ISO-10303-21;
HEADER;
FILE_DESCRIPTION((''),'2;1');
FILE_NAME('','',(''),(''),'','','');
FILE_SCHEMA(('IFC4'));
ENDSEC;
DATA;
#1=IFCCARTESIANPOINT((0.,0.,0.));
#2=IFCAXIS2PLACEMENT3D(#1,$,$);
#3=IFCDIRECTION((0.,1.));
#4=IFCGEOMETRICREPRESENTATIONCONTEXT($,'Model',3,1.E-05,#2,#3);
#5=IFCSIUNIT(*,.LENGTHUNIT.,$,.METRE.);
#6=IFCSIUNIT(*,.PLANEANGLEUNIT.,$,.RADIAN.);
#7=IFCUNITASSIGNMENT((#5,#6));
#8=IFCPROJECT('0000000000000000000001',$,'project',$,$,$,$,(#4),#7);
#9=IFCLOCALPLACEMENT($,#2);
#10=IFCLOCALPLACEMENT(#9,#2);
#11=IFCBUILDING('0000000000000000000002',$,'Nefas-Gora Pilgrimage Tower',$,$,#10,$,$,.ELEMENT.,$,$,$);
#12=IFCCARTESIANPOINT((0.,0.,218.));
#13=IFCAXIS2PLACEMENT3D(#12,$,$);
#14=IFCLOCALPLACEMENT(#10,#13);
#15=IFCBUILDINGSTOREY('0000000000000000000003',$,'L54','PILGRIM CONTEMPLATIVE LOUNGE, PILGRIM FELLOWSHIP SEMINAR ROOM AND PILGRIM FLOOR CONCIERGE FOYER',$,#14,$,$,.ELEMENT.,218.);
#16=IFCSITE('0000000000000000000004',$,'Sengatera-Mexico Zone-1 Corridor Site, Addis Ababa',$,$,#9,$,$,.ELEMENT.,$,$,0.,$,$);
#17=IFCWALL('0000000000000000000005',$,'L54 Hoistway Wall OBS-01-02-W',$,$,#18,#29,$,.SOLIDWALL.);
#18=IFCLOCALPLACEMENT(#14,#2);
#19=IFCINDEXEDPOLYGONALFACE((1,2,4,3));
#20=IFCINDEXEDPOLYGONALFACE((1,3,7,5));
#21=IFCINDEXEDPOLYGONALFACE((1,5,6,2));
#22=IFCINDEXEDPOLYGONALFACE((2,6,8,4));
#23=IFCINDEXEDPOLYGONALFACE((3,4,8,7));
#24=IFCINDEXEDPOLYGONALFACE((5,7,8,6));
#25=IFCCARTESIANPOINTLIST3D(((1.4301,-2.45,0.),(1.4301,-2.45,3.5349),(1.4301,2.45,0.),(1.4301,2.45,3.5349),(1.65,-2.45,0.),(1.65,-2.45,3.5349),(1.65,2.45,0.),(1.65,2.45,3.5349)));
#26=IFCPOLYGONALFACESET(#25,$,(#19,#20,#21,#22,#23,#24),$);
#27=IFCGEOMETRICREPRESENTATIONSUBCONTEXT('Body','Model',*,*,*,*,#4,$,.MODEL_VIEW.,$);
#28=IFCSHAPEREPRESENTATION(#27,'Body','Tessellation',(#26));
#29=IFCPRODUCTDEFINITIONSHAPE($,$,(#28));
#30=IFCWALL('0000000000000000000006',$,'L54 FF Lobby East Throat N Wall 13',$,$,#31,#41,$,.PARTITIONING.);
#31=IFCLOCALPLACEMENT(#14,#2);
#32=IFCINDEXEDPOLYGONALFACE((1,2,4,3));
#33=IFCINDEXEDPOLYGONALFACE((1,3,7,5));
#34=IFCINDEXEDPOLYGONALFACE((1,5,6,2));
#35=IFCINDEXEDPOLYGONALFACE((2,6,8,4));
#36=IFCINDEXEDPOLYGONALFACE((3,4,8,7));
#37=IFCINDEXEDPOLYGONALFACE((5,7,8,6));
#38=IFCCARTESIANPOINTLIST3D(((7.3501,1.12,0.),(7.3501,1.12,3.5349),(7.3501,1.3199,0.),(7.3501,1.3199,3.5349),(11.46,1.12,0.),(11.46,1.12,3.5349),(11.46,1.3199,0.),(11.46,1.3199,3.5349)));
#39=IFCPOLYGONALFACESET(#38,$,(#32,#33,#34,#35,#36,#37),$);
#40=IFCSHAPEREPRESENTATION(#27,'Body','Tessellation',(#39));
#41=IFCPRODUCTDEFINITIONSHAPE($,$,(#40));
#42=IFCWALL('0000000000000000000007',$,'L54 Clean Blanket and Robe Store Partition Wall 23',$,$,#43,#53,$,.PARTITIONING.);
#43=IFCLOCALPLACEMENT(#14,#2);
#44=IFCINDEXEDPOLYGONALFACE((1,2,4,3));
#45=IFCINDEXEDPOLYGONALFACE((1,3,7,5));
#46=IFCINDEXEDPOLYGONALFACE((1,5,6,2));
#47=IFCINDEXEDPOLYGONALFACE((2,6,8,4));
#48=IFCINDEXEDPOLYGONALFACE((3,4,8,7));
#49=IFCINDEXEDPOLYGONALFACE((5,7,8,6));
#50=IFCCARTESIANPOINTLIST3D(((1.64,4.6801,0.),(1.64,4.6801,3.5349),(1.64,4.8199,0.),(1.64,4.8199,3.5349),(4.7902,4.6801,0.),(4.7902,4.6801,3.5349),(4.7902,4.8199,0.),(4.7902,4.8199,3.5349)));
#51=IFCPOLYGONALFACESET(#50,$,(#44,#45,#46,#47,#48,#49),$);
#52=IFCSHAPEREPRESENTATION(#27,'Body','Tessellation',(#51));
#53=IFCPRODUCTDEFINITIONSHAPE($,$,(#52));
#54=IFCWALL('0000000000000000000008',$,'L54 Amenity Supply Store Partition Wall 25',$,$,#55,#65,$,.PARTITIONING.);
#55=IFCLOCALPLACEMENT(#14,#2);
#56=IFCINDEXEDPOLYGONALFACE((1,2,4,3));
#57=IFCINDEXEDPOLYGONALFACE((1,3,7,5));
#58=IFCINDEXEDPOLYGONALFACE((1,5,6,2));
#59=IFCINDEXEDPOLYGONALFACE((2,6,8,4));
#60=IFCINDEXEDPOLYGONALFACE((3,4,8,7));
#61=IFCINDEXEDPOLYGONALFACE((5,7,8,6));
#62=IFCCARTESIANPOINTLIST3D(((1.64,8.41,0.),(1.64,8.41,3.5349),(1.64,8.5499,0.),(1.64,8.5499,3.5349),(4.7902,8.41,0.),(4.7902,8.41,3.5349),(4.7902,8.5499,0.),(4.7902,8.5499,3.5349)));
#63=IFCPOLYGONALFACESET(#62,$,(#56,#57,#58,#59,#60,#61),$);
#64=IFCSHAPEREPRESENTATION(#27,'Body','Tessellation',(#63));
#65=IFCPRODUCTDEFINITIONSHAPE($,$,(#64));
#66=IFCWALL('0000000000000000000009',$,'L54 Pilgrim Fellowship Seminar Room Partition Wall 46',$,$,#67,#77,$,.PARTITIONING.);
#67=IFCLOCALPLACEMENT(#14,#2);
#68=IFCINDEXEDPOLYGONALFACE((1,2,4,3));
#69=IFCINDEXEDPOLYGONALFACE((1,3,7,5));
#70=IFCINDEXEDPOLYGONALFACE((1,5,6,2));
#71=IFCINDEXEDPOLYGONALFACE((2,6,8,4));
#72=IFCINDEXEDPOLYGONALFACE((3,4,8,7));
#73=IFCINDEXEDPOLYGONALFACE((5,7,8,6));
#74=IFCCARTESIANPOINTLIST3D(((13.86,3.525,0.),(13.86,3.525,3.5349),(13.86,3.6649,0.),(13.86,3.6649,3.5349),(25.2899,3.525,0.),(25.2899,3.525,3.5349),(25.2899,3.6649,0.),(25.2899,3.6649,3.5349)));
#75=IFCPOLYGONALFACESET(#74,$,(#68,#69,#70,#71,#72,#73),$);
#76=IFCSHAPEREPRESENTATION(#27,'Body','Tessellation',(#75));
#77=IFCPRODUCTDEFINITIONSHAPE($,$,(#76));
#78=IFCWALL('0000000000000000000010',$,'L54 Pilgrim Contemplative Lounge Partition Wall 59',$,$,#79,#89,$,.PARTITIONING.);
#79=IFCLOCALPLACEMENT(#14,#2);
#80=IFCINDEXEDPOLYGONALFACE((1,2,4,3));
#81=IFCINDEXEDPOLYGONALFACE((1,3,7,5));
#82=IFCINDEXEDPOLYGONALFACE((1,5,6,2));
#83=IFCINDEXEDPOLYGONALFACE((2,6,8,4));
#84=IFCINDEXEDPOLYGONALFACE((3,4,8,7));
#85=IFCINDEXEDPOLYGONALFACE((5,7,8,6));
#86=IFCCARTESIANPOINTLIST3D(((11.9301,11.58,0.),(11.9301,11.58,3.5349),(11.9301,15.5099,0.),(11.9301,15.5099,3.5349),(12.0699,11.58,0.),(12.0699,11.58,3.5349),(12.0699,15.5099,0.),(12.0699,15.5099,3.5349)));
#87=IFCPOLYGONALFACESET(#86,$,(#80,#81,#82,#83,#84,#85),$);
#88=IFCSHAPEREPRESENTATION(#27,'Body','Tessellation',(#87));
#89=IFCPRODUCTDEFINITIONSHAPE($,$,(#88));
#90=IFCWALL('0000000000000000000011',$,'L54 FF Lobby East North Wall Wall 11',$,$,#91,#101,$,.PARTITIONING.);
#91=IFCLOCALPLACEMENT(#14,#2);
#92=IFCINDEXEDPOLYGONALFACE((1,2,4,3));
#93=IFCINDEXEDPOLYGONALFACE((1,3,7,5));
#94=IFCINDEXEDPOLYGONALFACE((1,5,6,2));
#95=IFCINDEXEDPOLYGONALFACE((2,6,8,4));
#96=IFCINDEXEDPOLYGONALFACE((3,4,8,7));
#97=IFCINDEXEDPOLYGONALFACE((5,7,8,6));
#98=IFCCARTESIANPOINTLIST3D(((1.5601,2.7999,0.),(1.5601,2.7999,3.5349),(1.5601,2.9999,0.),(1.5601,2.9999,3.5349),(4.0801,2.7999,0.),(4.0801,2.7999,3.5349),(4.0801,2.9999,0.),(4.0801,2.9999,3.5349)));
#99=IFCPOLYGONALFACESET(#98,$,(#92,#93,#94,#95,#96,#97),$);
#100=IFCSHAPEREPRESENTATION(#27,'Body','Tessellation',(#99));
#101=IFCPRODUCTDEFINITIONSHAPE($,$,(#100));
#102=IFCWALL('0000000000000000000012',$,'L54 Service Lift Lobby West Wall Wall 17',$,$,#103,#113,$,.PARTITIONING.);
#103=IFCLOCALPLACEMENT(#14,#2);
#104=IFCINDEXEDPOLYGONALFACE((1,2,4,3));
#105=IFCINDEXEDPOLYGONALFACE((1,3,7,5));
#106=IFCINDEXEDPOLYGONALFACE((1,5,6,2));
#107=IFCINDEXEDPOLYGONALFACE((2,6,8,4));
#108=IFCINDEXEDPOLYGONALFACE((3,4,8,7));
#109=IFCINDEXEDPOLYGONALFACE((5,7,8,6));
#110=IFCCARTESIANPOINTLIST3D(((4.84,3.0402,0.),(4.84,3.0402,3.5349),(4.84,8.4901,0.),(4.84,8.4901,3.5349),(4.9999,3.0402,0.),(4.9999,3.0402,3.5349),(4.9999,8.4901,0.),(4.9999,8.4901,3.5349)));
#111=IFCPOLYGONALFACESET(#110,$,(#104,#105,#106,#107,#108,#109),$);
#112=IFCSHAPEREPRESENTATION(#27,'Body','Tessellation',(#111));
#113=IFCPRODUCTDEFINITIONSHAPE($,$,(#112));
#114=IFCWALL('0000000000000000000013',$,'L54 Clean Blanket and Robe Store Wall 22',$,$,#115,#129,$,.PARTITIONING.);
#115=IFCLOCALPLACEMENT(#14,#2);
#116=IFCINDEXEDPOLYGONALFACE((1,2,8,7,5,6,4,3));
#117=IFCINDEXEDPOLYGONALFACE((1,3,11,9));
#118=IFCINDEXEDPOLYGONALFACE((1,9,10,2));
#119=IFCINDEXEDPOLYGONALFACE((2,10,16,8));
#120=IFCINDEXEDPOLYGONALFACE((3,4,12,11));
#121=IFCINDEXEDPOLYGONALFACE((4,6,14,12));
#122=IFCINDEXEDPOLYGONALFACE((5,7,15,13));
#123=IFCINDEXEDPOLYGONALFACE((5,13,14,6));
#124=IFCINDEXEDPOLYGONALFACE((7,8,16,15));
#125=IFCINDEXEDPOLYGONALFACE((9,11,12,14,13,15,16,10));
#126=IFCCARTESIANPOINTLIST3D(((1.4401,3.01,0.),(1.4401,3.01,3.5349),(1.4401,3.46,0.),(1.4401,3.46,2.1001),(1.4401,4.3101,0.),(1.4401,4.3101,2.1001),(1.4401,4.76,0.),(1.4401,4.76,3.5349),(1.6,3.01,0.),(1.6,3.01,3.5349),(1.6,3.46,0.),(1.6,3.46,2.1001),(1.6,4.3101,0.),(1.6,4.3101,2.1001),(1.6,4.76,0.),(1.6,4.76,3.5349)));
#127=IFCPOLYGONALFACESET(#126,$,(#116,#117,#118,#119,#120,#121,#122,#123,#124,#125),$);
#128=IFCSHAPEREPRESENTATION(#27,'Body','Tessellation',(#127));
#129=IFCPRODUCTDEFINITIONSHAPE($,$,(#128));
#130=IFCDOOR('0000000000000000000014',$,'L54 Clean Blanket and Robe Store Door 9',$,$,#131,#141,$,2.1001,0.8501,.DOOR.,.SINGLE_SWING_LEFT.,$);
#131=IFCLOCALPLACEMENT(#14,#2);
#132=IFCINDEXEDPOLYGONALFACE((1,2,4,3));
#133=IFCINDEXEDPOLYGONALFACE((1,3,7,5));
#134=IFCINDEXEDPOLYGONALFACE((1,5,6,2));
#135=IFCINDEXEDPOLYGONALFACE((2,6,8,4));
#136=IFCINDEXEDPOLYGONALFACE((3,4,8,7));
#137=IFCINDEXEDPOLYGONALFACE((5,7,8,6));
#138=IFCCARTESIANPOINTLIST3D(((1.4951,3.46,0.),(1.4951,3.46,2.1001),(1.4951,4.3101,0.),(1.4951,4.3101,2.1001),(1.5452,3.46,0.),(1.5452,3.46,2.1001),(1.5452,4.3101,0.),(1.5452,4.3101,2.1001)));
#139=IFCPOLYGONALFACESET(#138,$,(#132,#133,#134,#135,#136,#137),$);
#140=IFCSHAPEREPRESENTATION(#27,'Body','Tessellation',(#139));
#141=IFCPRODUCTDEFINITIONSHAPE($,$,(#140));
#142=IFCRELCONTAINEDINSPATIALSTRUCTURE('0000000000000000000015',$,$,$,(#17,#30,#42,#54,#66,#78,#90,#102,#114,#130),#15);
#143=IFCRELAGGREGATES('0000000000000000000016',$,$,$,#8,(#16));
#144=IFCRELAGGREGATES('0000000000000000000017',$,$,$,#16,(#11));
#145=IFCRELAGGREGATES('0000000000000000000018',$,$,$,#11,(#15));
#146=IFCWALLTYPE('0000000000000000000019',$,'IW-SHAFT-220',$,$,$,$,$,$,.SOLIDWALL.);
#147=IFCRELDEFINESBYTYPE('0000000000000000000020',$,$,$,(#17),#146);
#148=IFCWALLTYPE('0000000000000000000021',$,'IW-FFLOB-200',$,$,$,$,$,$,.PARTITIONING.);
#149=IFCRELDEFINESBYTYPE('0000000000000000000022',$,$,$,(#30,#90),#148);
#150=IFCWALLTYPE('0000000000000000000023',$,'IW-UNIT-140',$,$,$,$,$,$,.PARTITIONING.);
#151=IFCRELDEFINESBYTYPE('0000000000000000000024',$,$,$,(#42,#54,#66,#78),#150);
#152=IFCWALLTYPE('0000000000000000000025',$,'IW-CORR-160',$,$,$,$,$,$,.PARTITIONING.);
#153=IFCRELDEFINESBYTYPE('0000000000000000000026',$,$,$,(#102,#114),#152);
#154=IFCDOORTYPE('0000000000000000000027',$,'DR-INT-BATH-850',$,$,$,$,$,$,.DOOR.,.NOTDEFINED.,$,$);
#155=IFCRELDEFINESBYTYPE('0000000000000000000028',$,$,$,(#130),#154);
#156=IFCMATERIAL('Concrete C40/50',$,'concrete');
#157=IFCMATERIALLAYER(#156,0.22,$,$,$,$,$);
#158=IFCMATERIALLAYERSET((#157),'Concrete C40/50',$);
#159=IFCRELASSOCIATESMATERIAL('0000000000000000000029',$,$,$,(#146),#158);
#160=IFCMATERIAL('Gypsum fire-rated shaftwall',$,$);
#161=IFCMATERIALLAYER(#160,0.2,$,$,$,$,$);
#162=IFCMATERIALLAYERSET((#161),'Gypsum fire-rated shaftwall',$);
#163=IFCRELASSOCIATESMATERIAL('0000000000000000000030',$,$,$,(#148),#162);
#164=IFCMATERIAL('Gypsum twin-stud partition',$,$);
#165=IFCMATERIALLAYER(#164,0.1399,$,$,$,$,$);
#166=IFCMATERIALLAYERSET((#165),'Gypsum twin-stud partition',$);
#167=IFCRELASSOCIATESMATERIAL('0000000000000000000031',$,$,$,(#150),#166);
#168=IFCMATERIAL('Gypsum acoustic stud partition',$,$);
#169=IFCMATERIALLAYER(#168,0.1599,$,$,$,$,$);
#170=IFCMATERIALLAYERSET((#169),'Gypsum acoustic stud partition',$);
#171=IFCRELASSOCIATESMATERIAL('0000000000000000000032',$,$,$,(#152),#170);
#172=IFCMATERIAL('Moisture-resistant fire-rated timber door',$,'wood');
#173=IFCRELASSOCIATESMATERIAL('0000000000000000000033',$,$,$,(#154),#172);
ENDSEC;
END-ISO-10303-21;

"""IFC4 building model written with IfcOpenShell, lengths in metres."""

from ifc_helpers import new_model, si_unit, direction, frame, frame_2d, origin, place, context, subcontext, project, spatial, rectangle, extrude, source, transform, mapped, material, layer, layer_set, type_object, element, fill, save


model = new_model("IFC4")

# Units and contexts
model_context = context("Model", 3, precision=1e-05, world=origin(), true_north=direction((0.0, 1.0)))
body_context = subcontext(model_context, "Body", "Model", "MODEL_VIEW")
ifc_project = project(units=[si_unit("LENGTHUNIT", "METRE"), si_unit("PLANEANGLEUNIT", "RADIAN")], contexts=[model_context])

# Site, building, storey
site_placement = place(None, origin())
site = spatial("IfcSite", under=ifc_project, at=site_placement, Name="Sengatera-Mexico Zone-1 Corridor Site, Addis Ababa", CompositionType="ELEMENT", RefElevation=0.0)
building_placement = place(site_placement, origin())
building = spatial("IfcBuilding", under=site, at=building_placement, Name="Nefas-Gora Pilgrimage Tower", CompositionType="ELEMENT")
storey_placement = place(building_placement, frame((0.0, 0.0, 218.0)))
storey = spatial("IfcBuildingStorey", under=building, at=storey_placement, Name="L54", Description="PILGRIM CONTEMPLATIVE LOUNGE, PILGRIM FELLOWSHIP SEMINAR ROOM AND PILGRIM FLOOR CONCIERGE FOYER", CompositionType="ELEMENT", Elevation=218.0)

# Shared definitions
ifc_material_1 = material(Name="Concrete C40/50", Category="concrete")

# Shared definitions
ifc_layer_1 = layer(ifc_material_1, 0.22)
ifc_layer_set_1 = layer_set([ifc_layer_1], Name="Concrete C40/50")
wall_type_1 = type_object("IfcWallType", Name="IW-SHAFT-220", PredefinedType="SOLIDWALL", material=ifc_layer_set_1)

# Wall
shared_shape_1 = source(origin(), body_context, "Body", "SweptSolid", [
    extrude(rectangle(XDim=4.8999, YDim=0.22, at=frame_2d((2.45, 0.0))), origin(), (0.0, 0.0, 1.0), 3.5349),
])
wall_1_placement = place(storey_placement, frame((1.54, 2.45, 0.0), z_axis=(0.0, 0.0, 1.0), x_axis=(0.0, -1.0, 0.0)))
element("IfcWall", 1, at=wall_1_placement, inside=storey, type_object=wall_type_1, Name="L54 Hoistway Wall OBS-01-02-W", PredefinedType="SOLIDWALL", context=body_context, shape_type="MappedRepresentation", body=[
    mapped(shared_shape_1, transform((0.0, 0.0, 0.0), x_axis=(1.0, 0.0, 0.0), y_axis=(0.0, 1.0, 0.0), z_axis=(0.0, 0.0, 1.0), scale=1.0)),
])

# Shared definitions
ifc_material_2 = material(Name="Gypsum fire-rated shaftwall")
ifc_layer_2 = layer(ifc_material_2, 0.2)
ifc_layer_set_2 = layer_set([ifc_layer_2], Name="Gypsum fire-rated shaftwall")
wall_type_2 = type_object("IfcWallType", Name="IW-FFLOB-200", PredefinedType="PARTITIONING", material=ifc_layer_set_2)

# Walls
shared_shape_2 = source(origin(), body_context, "Body", "SweptSolid", [
    extrude(rectangle(XDim=4.1099, YDim=0.2, at=frame_2d((2.0549, 0.0))), origin(), (0.0, 0.0, 1.0), 3.5349),
])
wall_2_placement = place(storey_placement, frame((7.3501, 1.22, 0.0), z_axis=(0.0, 0.0, 1.0), x_axis=(1.0, 0.0, 0.0)))
element("IfcWall", 2, at=wall_2_placement, inside=storey, type_object=wall_type_2, Name="L54 FF Lobby East Throat N Wall 13", PredefinedType="PARTITIONING", context=body_context, shape_type="MappedRepresentation", body=[
    mapped(shared_shape_2, transform((0.0, 0.0, 0.0), x_axis=(1.0, 0.0, 0.0), y_axis=(0.0, 1.0, 0.0), z_axis=(0.0, 0.0, 1.0), scale=1.0)),
])
ifc_material_3 = material(Name="Gypsum twin-stud partition")
ifc_layer_3 = layer(ifc_material_3, 0.1399)
ifc_layer_set_3 = layer_set([ifc_layer_3], Name="Gypsum twin-stud partition")
wall_type_3 = type_object("IfcWallType", Name="IW-UNIT-140", PredefinedType="PARTITIONING", material=ifc_layer_set_3)
shared_shape_3 = source(origin(), body_context, "Body", "SweptSolid", [
    extrude(rectangle(XDim=3.1501, YDim=0.1399, at=frame_2d((1.5752, 0.0))), origin(), (0.0, 0.0, 1.0), 3.5349),
])
for number, where, z_axis, x_axis, name in (
    (3, (1.6399, 4.75, 0.0), (0.0, 0.0, 1.0), (1.0, 0.0, 0.0), "L54 Clean Blanket and Robe Store Partition Wall 23"),
    (4, (1.6399, 8.48, 0.0), (0.0, 0.0, 1.0), (1.0, 0.0, 0.0), "L54 Amenity Supply Store Partition Wall 25"),
):
    element("IfcWall", number, at=place(storey_placement, frame(where, z_axis=z_axis, x_axis=x_axis)), inside=storey, type_object=wall_type_3, Name=name, PredefinedType="PARTITIONING", context=body_context, shape_type="MappedRepresentation", body=[
        mapped(shared_shape_3, transform((0.0, 0.0, 0.0), x_axis=(1.0, 0.0, 0.0), y_axis=(0.0, 1.0, 0.0), z_axis=(0.0, 0.0, 1.0), scale=1.0)),
    ])
shared_shape_4 = source(origin(), body_context, "Body", "SweptSolid", [
    extrude(rectangle(XDim=11.4299, YDim=0.1399, at=frame_2d((5.7148, 0.0))), origin(), (0.0, 0.0, 1.0), 3.5349),
])
wall_3_placement = place(storey_placement, frame((13.8601, 3.595, 0.0), z_axis=(0.0, 0.0, 1.0), x_axis=(1.0, 0.0, 0.0)))
element("IfcWall", 5, at=wall_3_placement, inside=storey, type_object=wall_type_3, Name="L54 Pilgrim Fellowship Seminar Room Partition Wall 46", PredefinedType="PARTITIONING", context=body_context, shape_type="MappedRepresentation", body=[
    mapped(shared_shape_4, transform((0.0, 0.0, 0.0), x_axis=(1.0, 0.0, 0.0), y_axis=(0.0, 1.0, 0.0), z_axis=(0.0, 0.0, 1.0), scale=1.0)),
])
shared_shape_5 = source(origin(), body_context, "Body", "SweptSolid", [
    extrude(rectangle(XDim=3.9299, YDim=0.1399, at=frame_2d((1.9648, 0.0))), origin(), (0.0, 0.0, 1.0), 3.5349),
])
wall_4_placement = place(storey_placement, frame((12.0, 11.5801, 0.0), z_axis=(0.0, 0.0, 1.0), x_axis=(0.0, 1.0, 0.0)))
element("IfcWall", 6, at=wall_4_placement, inside=storey, type_object=wall_type_3, Name="L54 Pilgrim Contemplative Lounge Partition Wall 59", PredefinedType="PARTITIONING", context=body_context, shape_type="MappedRepresentation", body=[
    mapped(shared_shape_5, transform((0.0, 0.0, 0.0), x_axis=(1.0, 0.0, 0.0), y_axis=(0.0, 1.0, 0.0), z_axis=(0.0, 0.0, 1.0), scale=1.0)),
])
shared_shape_6 = source(origin(), body_context, "Body", "SweptSolid", [
    extrude(rectangle(XDim=2.52, YDim=0.2, at=frame_2d((1.26, 0.0))), origin(), (0.0, 0.0, 1.0), 3.5349),
])
wall_5_placement = place(storey_placement, frame((1.5601, 2.8999, 0.0), z_axis=(0.0, 0.0, 1.0), x_axis=(1.0, 0.0, 0.0)))
element("IfcWall", 7, at=wall_5_placement, inside=storey, type_object=wall_type_2, Name="L54 FF Lobby East North Wall Wall 11", PredefinedType="PARTITIONING", context=body_context, shape_type="MappedRepresentation", body=[
    mapped(shared_shape_6, transform((0.0, 0.0, 0.0), x_axis=(1.0, 0.0, 0.0), y_axis=(0.0, 1.0, 0.0), z_axis=(0.0, 0.0, 1.0), scale=1.0)),
])
ifc_material_4 = material(Name="Gypsum acoustic stud partition")
ifc_layer_4 = layer(ifc_material_4, 0.1599)
ifc_layer_set_4 = layer_set([ifc_layer_4], Name="Gypsum acoustic stud partition")
wall_type_4 = type_object("IfcWallType", Name="IW-CORR-160", PredefinedType="PARTITIONING", material=ifc_layer_set_4)
shared_shape_7 = source(origin(), body_context, "Body", "SweptSolid", [
    extrude(rectangle(XDim=5.45, YDim=0.1599, at=frame_2d((2.7251, 0.0))), origin(), (0.0, 0.0, 1.0), 3.5349),
])
wall_6_placement = place(storey_placement, frame((4.9199, 3.04, 0.0), z_axis=(0.0, 0.0, 1.0), x_axis=(0.0, 1.0, 0.0)))
element("IfcWall", 8, at=wall_6_placement, inside=storey, type_object=wall_type_4, Name="L54 Service Lift Lobby West Wall Wall 17", PredefinedType="PARTITIONING", context=body_context, shape_type="MappedRepresentation", body=[
    mapped(shared_shape_7, transform((0.0, 0.0, 0.0), x_axis=(1.0, 0.0, 0.0), y_axis=(0.0, 1.0, 0.0), z_axis=(0.0, 0.0, 1.0), scale=1.0)),
])

# Wall, opening, door
shared_shape_8 = source(origin(), body_context, "Body", "SweptSolid", [
    extrude(rectangle(XDim=1.75, YDim=0.1599, at=frame_2d((0.875, 0.0))), origin(), (0.0, 0.0, 1.0), 3.5349),
])
wall_7_placement = place(storey_placement, frame((1.52, 3.01, 0.0), z_axis=(0.0, 0.0, 1.0), x_axis=(0.0, 1.0, 0.0)))
wall_7 = element("IfcWall", 9, at=wall_7_placement, inside=storey, type_object=wall_type_4, Name="L54 Clean Blanket and Robe Store Wall 22", PredefinedType="PARTITIONING", context=body_context, shape_type="MappedRepresentation", body=[
    mapped(shared_shape_8, transform((0.0, 0.0, 0.0), x_axis=(1.0, 0.0, 0.0), y_axis=(0.0, 1.0, 0.0), z_axis=(0.0, 0.0, 1.0), scale=1.0)),
])
opening_1_placement = place(wall_7_placement, frame((0.45, 0.0, 0.0)))
opening_1 = element("IfcOpeningElement", 10, at=opening_1_placement, cuts=wall_7, PredefinedType="OPENING", context=body_context, shape_type="SweptSolid", body=[
    extrude(rectangle(XDim=0.8501, YDim=2.1001, at=frame_2d((0.425, 1.05))), frame((0.0, 0.0898, 0.0), z_axis=(0.0, -1.0, 0.0), x_axis=(1.0, 0.0, 0.0)), (0.0, 0.0, 1.0), 0.1799),
])
ifc_material_5 = material(Name="Moisture-resistant fire-rated timber door", Category="wood")
door_type_1 = type_object("IfcDoorType", Name="DR-INT-BATH-850", OperationType="NOTDEFINED", PredefinedType="DOOR", material=ifc_material_5)
shared_shape_9 = source(origin(), body_context, "Body", "SweptSolid", [
    extrude(rectangle(XDim=0.8501, YDim=2.1001, at=frame_2d((0.425, 1.05))), frame((0.0, 0.0249, 0.0), z_axis=(0.0, -1.0, 0.0), x_axis=(1.0, 0.0, 0.0)), (0.0, 0.0, 1.0), 0.05),
])
door_1_placement = place(opening_1_placement, origin())
door_1 = element("IfcDoor", 11, at=door_1_placement, inside=storey, type_object=door_type_1, Name="L54 Clean Blanket and Robe Store Door 9", OperationType="SINGLE_SWING_LEFT", OverallHeight=2.1001, OverallWidth=0.8501, PredefinedType="DOOR", context=body_context, shape_type="MappedRepresentation", body=[
    mapped(shared_shape_9, transform((0.0, 0.0, 0.0), x_axis=(1.0, 0.0, 0.0), y_axis=(0.0, 1.0, 0.0), z_axis=(0.0, 0.0, 1.0), scale=1.0)),
])
fill(opening_1, door_1)

save(model, "model.ifc")
